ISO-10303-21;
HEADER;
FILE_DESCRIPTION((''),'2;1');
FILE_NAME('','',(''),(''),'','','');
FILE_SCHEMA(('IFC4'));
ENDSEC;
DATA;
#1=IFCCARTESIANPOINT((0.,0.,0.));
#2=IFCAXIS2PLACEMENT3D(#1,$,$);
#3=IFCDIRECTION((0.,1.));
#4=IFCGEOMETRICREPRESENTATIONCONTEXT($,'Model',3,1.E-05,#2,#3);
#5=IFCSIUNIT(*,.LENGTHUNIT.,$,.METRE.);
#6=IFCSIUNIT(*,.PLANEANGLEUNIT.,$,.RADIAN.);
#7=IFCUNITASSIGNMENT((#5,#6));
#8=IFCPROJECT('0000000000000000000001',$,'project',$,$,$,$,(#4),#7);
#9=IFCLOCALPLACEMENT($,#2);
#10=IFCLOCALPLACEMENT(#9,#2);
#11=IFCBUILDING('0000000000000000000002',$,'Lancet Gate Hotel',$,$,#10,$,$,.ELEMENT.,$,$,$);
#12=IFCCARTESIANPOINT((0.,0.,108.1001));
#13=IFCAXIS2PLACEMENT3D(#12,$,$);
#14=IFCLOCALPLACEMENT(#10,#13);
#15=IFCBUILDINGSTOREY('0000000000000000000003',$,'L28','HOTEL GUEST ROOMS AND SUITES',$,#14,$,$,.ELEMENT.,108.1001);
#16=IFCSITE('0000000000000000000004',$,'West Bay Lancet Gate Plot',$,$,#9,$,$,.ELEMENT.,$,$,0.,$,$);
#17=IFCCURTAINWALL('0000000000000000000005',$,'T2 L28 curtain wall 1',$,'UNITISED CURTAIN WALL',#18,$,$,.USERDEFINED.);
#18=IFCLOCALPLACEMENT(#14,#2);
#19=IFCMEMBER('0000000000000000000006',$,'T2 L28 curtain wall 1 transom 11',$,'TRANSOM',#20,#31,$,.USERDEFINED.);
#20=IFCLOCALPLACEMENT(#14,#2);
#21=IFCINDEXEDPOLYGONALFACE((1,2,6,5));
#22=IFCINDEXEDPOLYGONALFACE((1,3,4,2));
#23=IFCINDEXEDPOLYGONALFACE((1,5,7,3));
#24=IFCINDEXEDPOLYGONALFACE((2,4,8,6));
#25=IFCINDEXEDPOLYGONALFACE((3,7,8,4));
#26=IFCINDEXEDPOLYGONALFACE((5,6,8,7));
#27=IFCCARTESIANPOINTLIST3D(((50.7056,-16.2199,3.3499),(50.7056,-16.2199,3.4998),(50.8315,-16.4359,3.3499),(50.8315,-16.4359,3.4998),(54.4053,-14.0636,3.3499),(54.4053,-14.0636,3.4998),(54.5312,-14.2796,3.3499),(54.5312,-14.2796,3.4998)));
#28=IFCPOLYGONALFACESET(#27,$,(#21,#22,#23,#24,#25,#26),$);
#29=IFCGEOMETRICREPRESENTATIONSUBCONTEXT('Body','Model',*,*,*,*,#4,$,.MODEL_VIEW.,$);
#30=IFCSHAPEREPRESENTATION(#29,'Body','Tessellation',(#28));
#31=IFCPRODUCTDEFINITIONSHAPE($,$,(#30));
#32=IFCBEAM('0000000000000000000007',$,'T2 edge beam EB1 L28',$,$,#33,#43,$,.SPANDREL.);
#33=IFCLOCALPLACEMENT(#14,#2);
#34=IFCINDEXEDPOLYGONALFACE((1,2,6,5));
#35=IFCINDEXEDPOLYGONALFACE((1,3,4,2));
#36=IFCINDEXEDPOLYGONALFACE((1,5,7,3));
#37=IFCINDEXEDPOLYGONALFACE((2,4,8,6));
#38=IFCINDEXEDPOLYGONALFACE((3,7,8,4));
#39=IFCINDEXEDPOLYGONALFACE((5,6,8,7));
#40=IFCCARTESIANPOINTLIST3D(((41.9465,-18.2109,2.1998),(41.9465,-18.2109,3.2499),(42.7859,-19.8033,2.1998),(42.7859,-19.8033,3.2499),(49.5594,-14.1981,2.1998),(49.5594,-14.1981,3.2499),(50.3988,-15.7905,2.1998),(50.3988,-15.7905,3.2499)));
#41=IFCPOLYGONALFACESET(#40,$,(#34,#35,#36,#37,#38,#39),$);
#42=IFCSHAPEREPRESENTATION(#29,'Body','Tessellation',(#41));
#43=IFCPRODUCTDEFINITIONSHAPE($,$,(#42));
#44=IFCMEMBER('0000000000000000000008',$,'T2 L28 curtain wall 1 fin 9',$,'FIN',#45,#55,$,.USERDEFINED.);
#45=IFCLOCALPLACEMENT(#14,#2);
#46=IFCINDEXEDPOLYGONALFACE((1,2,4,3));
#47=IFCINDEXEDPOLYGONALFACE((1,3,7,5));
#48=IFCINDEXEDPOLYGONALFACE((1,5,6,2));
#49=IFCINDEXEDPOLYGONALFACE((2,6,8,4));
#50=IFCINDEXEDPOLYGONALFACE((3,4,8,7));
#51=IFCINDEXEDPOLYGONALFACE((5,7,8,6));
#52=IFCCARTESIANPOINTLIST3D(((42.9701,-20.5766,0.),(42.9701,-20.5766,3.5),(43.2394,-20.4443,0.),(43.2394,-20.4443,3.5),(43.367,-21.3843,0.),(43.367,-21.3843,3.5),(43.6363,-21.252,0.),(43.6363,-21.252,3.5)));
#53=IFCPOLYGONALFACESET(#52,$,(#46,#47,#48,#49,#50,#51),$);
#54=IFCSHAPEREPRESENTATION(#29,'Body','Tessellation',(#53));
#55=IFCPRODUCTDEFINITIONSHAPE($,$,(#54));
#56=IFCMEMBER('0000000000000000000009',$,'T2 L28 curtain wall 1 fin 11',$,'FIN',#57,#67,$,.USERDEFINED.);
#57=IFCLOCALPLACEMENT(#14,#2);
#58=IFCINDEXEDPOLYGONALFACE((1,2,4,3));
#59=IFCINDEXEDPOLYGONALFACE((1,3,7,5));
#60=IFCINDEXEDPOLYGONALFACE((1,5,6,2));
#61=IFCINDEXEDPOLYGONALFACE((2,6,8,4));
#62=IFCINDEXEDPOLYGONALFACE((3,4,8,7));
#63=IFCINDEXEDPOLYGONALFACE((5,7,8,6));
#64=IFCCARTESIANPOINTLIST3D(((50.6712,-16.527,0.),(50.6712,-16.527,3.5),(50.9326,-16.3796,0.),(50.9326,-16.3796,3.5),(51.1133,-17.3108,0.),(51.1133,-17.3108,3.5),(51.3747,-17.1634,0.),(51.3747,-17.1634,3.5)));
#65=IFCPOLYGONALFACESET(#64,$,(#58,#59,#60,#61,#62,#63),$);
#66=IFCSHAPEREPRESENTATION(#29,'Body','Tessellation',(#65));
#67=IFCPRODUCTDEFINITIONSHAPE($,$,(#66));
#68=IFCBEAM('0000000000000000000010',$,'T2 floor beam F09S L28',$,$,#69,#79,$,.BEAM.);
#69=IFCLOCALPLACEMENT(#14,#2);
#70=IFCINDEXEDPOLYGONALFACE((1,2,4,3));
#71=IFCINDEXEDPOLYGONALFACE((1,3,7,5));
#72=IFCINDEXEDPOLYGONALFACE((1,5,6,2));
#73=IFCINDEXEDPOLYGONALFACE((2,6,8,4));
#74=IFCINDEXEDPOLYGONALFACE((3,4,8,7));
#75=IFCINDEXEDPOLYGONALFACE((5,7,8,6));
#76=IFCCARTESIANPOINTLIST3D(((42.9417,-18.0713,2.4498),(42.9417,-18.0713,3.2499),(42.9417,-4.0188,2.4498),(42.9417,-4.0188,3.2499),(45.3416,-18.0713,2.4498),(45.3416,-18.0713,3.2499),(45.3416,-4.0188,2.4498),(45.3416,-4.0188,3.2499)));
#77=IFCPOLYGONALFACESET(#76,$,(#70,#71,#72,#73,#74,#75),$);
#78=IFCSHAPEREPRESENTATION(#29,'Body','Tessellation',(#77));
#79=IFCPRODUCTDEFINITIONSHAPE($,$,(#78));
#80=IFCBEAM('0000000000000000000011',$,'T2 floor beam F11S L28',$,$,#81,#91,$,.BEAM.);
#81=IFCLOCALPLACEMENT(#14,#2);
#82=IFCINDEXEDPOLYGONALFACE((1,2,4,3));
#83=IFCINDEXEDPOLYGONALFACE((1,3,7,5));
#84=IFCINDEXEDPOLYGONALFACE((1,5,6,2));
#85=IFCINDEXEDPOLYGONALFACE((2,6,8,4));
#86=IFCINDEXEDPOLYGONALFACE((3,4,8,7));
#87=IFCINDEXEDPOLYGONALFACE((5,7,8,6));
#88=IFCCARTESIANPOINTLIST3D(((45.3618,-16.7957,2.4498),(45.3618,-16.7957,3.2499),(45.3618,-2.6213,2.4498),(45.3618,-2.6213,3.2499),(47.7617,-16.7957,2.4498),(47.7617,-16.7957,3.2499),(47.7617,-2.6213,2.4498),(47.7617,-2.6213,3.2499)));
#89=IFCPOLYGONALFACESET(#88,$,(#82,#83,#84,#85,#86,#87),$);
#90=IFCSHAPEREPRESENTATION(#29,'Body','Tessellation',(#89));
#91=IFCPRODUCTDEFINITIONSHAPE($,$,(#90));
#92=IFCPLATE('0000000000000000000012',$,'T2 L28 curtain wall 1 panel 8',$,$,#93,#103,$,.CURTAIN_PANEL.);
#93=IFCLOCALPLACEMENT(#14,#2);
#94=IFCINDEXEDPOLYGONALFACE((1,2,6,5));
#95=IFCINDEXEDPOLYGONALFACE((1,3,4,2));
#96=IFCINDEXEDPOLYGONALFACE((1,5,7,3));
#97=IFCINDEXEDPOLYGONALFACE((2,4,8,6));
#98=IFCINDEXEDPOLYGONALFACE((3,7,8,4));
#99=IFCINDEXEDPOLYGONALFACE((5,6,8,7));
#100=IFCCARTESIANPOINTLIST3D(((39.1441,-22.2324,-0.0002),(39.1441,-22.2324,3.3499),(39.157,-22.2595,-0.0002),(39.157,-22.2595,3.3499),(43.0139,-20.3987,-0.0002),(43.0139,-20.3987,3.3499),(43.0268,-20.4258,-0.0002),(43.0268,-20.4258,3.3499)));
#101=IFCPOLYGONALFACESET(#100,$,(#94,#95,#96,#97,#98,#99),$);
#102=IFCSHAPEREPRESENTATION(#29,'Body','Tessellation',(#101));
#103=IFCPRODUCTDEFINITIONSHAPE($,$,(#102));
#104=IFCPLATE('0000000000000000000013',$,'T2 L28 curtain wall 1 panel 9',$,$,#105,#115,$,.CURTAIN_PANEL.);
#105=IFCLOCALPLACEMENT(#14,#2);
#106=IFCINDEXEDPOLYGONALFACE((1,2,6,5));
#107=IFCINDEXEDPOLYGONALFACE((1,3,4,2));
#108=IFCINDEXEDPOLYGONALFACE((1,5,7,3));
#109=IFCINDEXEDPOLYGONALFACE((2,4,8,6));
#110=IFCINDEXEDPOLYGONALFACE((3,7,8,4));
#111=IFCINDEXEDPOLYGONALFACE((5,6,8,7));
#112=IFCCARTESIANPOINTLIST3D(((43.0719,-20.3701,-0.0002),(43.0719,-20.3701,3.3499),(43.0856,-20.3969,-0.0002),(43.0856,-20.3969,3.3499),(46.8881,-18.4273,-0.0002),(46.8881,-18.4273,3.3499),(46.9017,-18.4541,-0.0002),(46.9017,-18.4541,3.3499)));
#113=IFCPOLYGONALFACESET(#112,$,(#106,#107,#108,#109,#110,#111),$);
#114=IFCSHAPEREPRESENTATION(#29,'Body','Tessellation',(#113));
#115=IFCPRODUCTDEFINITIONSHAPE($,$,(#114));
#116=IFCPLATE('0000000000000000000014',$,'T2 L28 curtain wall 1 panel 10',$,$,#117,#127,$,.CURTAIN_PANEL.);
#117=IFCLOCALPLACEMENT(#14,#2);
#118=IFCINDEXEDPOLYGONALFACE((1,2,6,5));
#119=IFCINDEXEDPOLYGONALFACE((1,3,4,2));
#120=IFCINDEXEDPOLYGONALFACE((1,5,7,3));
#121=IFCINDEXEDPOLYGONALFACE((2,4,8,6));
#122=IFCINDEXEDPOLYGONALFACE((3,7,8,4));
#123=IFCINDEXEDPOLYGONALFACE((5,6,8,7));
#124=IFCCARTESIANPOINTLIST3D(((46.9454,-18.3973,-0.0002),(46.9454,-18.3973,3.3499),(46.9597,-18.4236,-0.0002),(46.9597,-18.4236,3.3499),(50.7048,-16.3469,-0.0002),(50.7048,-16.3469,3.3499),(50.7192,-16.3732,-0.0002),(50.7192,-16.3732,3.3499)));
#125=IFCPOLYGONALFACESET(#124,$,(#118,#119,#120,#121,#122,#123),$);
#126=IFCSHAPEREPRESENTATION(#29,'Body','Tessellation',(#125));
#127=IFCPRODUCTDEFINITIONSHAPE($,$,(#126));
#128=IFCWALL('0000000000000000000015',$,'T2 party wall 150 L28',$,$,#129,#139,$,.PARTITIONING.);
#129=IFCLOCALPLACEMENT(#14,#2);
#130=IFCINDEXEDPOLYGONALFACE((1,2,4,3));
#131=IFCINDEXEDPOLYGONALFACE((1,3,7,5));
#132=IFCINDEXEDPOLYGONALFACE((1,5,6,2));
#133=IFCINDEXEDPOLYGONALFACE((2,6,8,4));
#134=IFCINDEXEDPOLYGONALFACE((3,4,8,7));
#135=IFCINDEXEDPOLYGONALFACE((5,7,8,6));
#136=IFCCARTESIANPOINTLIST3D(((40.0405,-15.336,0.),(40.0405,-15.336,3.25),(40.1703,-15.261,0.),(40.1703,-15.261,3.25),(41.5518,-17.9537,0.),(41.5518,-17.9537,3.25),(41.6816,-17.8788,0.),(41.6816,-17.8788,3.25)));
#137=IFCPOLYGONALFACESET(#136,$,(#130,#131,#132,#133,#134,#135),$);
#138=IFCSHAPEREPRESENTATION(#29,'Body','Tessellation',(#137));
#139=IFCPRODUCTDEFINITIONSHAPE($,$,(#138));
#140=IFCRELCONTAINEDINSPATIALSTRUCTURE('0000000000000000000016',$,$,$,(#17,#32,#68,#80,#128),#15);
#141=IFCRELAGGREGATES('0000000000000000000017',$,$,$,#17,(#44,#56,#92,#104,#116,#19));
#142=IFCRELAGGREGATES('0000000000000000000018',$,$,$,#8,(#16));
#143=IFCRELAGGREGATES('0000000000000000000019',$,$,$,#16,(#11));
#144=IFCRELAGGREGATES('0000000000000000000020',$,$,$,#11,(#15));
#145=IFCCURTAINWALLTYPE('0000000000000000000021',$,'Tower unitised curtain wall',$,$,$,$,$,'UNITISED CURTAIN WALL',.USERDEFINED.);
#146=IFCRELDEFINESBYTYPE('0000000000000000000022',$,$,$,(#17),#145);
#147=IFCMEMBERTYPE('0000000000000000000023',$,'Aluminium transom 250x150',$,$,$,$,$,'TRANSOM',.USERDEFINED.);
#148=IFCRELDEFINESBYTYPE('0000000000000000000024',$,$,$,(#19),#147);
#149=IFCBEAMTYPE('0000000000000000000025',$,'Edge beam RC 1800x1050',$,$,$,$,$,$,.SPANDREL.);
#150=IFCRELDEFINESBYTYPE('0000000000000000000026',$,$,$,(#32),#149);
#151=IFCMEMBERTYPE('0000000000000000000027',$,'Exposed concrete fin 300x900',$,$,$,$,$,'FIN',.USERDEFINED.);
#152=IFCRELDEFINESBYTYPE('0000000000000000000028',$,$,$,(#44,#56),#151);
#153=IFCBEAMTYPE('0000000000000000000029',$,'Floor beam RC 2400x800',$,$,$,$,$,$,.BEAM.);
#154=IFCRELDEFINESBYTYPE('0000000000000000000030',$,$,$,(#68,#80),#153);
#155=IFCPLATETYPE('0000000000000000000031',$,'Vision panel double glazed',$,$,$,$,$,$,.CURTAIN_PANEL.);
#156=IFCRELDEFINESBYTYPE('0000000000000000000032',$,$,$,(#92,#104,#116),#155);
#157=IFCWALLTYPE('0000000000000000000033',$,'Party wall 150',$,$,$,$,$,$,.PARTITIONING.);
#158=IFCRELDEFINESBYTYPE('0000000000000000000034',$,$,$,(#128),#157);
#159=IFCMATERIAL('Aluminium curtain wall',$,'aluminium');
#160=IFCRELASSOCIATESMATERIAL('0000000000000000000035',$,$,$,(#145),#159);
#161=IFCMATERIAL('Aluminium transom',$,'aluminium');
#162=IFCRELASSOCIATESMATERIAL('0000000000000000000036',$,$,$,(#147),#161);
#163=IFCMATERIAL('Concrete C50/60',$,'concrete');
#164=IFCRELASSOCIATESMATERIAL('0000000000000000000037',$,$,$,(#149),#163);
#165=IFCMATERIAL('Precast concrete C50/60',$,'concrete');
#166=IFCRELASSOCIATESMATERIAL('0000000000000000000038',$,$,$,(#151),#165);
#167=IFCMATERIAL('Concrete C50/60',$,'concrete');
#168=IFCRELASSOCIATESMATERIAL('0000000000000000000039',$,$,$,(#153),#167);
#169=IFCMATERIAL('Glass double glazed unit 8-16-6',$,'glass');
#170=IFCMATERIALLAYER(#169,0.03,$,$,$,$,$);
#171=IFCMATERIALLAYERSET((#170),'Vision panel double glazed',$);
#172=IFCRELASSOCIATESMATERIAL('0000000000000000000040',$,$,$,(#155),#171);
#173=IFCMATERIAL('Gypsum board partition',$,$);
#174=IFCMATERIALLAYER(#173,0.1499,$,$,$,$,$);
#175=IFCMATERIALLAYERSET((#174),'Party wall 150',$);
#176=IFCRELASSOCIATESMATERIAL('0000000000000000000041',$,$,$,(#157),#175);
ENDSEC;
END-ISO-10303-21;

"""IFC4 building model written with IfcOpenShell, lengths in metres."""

from ifc_helpers import new_model, si_unit, direction, frame, frame_2d, origin, origin_2d, place, context, subcontext, project, spatial, rectangle, extrude, material, layer, layer_set, material_profile, profile_set, type_object, element, aggregate, save


model = new_model("IFC4")

# Units and contexts
model_context = context("Model", 3, precision=1e-05, world=origin(), true_north=direction((0.0, 1.0)))
body_context = subcontext(model_context, "Body", "Model", "MODEL_VIEW")
ifc_project = project(units=[si_unit("LENGTHUNIT", "METRE"), si_unit("PLANEANGLEUNIT", "RADIAN")], contexts=[model_context])

# Site, building, storey
site_placement = place(None, origin())
site = spatial("IfcSite", under=ifc_project, at=site_placement, Name="West Bay Lancet Gate Plot", CompositionType="ELEMENT", RefElevation=0.0)
building_placement = place(site_placement, origin())
building = spatial("IfcBuilding", under=site, at=building_placement, Name="Lancet Gate Hotel", CompositionType="ELEMENT")
storey_placement = place(building_placement, frame((0.0, 0.0, 108.1001)))
storey = spatial("IfcBuildingStorey", under=building, at=storey_placement, Name="L28", Description="HOTEL GUEST ROOMS AND SUITES", CompositionType="ELEMENT", Elevation=108.1001)

# Curtain wall, member
ifc_material_1 = material(Name="Aluminium curtain wall", Category="aluminium")
curtain_wall_type = type_object("IfcCurtainWallType", Name="Tower unitised curtain wall", ElementType="UNITISED CURTAIN WALL", PredefinedType="USERDEFINED", material=ifc_material_1)
curtain_wall_placement = place(storey_placement, origin())
curtain_wall = element("IfcCurtainWall", 1, at=curtain_wall_placement, inside=storey, type_object=curtain_wall_type, Name="T2 L28 curtain wall 1", ObjectType="UNITISED CURTAIN WALL", PredefinedType="USERDEFINED")
ifc_material_2 = material(Name="Aluminium transom", Category="aluminium")
ifc_material_profile_1 = material_profile(ifc_material_2, rectangle(XDim=0.25, YDim=0.1499, at=origin_2d()), Name="TRANSOM 250x150")
ifc_profile_set_1 = profile_set([ifc_material_profile_1], Name="Aluminium transom")
member_type_1 = type_object("IfcMemberType", Name="Aluminium transom 250x150", ElementType="TRANSOM", PredefinedType="USERDEFINED", material=ifc_profile_set_1)
member_1_placement = place(storey_placement, frame((50.7686, -16.3279, 3.4248), z_axis=(0.863973, 0.503538, 0.0), x_axis=(-0.503538, 0.863973, 0.0)))
member_1 = element("IfcMember", 2, at=member_1_placement, type_object=member_type_1, Name="T2 L28 curtain wall 1 transom 11", ObjectType="TRANSOM", PredefinedType="USERDEFINED", context=body_context, shape_type="SweptSolid", body=[
    extrude(rectangle(XDim=0.25, YDim=0.1499, at=origin_2d()), origin(), (0.0, 0.0, 1.0), 4.2822),
])

# Beam
ifc_material_3 = material(Name="Concrete C50/60", Category="concrete")
ifc_material_profile_2 = material_profile(ifc_material_3, rectangle(XDim=1.8, YDim=1.05, at=origin_2d()), Name="RC 1800x1050")
ifc_profile_set_2 = profile_set([ifc_material_profile_2], Name="Concrete C50/60")
beam_type_1 = type_object("IfcBeamType", Name="Edge beam RC 1800x1050", PredefinedType="SPANDREL", material=ifc_profile_set_2)
beam_1_placement = place(storey_placement, frame((42.3662, -19.0071, 2.7249), z_axis=(0.884633, 0.466289, 0.0), x_axis=(-0.466289, 0.884633, 0.0)))
element("IfcBeam", 3, at=beam_1_placement, inside=storey, type_object=beam_type_1, Name="T2 edge beam EB1 L28", PredefinedType="SPANDREL", context=body_context, shape_type="SweptSolid", body=[
    extrude(rectangle(XDim=1.8, YDim=1.05, at=origin_2d()), origin(), (0.0, 0.0, 1.0), 8.6057),
])

# Members
ifc_material_4 = material(Name="Precast concrete C50/60", Category="concrete")
ifc_material_profile_3 = material_profile(ifc_material_4, rectangle(XDim=0.3, YDim=0.8999, at=origin_2d()), Name="FIN 300x900")
ifc_profile_set_3 = profile_set([ifc_material_profile_3], Name="Precast concrete C50/60")
member_type_2 = type_object("IfcMemberType", Name="Exposed concrete fin 300x900", ElementType="FIN", PredefinedType="USERDEFINED", material=ifc_profile_set_3)
member_2_placement = place(storey_placement, frame((43.3032, -20.9143, 0.0), z_axis=(0.0, 0.0, 1.0), x_axis=(0.897512, 0.44099, 0.0)))
member_2 = element("IfcMember", 4, at=member_2_placement, type_object=member_type_2, Name="T2 L28 curtain wall 1 fin 9", ObjectType="FIN", PredefinedType="USERDEFINED", context=body_context, shape_type="SweptSolid", body=[
    extrude(rectangle(XDim=0.3, YDim=0.8999, at=origin_2d()), origin(), (0.0, 0.0, 1.0), 3.5),
])
member_3_placement = place(storey_placement, frame((51.0229, -16.8452, 0.0), z_axis=(0.0, 0.0, 1.0), x_axis=(0.871029, 0.491232, 0.0)))
member_3 = element("IfcMember", 5, at=member_3_placement, type_object=member_type_2, Name="T2 L28 curtain wall 1 fin 11", ObjectType="FIN", PredefinedType="USERDEFINED", context=body_context, shape_type="SweptSolid", body=[
    extrude(rectangle(XDim=0.3, YDim=0.8999, at=origin_2d()), origin(), (0.0, 0.0, 1.0), 3.5),
])

# Beams
ifc_material_5 = material(Name="Concrete C50/60", Category="concrete")
ifc_material_profile_4 = material_profile(ifc_material_5, rectangle(XDim=2.3999, YDim=0.8, at=origin_2d()), Name="RC 2400x800")
ifc_profile_set_4 = profile_set([ifc_material_profile_4], Name="Concrete C50/60")
beam_type_2 = type_object("IfcBeamType", Name="Floor beam RC 2400x800", PredefinedType="BEAM", material=ifc_profile_set_4)
beam_2_placement = place(storey_placement, frame((44.1416, -18.0713, 2.8499), z_axis=(0.0, 1.0, 0.0), x_axis=(-1.0, 0.0, 0.0)))
element("IfcBeam", 6, at=beam_2_placement, inside=storey, type_object=beam_type_2, Name="T2 floor beam F09S L28", PredefinedType="BEAM", context=body_context, shape_type="SweptSolid", body=[
    extrude(rectangle(XDim=2.3999, YDim=0.8, at=origin_2d()), origin(), (0.0, 0.0, 1.0), 14.0525),
])
beam_3_placement = place(storey_placement, frame((46.5618, -16.7957, 2.8499), z_axis=(0.0, 1.0, 0.0), x_axis=(-1.0, 0.0, 0.0)))
element("IfcBeam", 7, at=beam_3_placement, inside=storey, type_object=beam_type_2, Name="T2 floor beam F11S L28", PredefinedType="BEAM", context=body_context, shape_type="SweptSolid", body=[
    extrude(rectangle(XDim=2.3999, YDim=0.8, at=origin_2d()), origin(), (0.0, 0.0, 1.0), 14.1743),
])

# Plates
ifc_material_6 = material(Name="Glass double glazed unit 8-16-6", Category="glass")
ifc_layer_1 = layer(ifc_material_6, 0.03)
ifc_layer_set_1 = layer_set([ifc_layer_1], Name="Vision panel double glazed")
plate_type = type_object("IfcPlateType", Name="Vision panel double glazed", PredefinedType="CURTAIN_PANEL", material=ifc_layer_set_1)
plate_1_placement = place(storey_placement, frame((41.0854, -21.3291, -0.0002), z_axis=(0.0, 0.0, 1.0), x_axis=(0.903683, 0.428201, 0.0)))
plate_1 = element("IfcPlate", 8, at=plate_1_placement, type_object=plate_type, Name="T2 L28 curtain wall 1 panel 8", PredefinedType="CURTAIN_PANEL", context=body_context, shape_type="SweptSolid", body=[
    extrude(rectangle(XDim=4.2822, YDim=0.03, at=origin_2d()), origin(), (0.0, 0.0, 1.0), 3.3501),
])
plate_2_placement = place(storey_placement, frame((44.9868, -19.4121, -0.0002), z_axis=(0.0, 0.0, 1.0), x_axis=(0.891159, 0.45369, 0.0)))
plate_2 = element("IfcPlate", 9, at=plate_2_placement, type_object=plate_type, Name="T2 L28 curtain wall 1 panel 9", PredefinedType="CURTAIN_PANEL", context=body_context, shape_type="SweptSolid", body=[
    extrude(rectangle(XDim=4.2822, YDim=0.03, at=origin_2d()), origin(), (0.0, 0.0, 1.0), 3.3501),
])
plate_3_placement = place(storey_placement, frame((48.8323, -17.3853, -0.0002), z_axis=(0.0, 0.0, 1.0), x_axis=(0.877916, 0.478814, 0.0)))
plate_3 = element("IfcPlate", 10, at=plate_3_placement, type_object=plate_type, Name="T2 L28 curtain wall 1 panel 10", PredefinedType="CURTAIN_PANEL", context=body_context, shape_type="SweptSolid", body=[
    extrude(rectangle(XDim=4.2822, YDim=0.03, at=origin_2d()), origin(), (0.0, 0.0, 1.0), 3.3501),
])
aggregate(curtain_wall, [member_2, member_3, plate_1, plate_2, plate_3, member_1])

# Wall
ifc_material_7 = material(Name="Gypsum board partition")
ifc_layer_2 = layer(ifc_material_7, 0.1499)
ifc_layer_set_2 = layer_set([ifc_layer_2], Name="Party wall 150")
wall_type = type_object("IfcWallType", Name="Party wall 150", PredefinedType="PARTITIONING", material=ifc_layer_set_2)
wall_placement = place(storey_placement, frame((40.1055, -15.2986, 0.0), z_axis=(0.0, 0.0, 1.0), x_axis=(0.499979, -0.866038, 0.0)))
element("IfcWall", 11, at=wall_placement, inside=storey, type_object=wall_type, Name="T2 party wall 150 L28", PredefinedType="PARTITIONING", context=body_context, shape_type="SweptSolid", body=[
    extrude(rectangle(XDim=3.0227, YDim=0.1499, at=frame_2d((1.5112, 0.0))), origin(), (0.0, 0.0, 1.0), 3.25),
])

save(model, "model.ifc")
